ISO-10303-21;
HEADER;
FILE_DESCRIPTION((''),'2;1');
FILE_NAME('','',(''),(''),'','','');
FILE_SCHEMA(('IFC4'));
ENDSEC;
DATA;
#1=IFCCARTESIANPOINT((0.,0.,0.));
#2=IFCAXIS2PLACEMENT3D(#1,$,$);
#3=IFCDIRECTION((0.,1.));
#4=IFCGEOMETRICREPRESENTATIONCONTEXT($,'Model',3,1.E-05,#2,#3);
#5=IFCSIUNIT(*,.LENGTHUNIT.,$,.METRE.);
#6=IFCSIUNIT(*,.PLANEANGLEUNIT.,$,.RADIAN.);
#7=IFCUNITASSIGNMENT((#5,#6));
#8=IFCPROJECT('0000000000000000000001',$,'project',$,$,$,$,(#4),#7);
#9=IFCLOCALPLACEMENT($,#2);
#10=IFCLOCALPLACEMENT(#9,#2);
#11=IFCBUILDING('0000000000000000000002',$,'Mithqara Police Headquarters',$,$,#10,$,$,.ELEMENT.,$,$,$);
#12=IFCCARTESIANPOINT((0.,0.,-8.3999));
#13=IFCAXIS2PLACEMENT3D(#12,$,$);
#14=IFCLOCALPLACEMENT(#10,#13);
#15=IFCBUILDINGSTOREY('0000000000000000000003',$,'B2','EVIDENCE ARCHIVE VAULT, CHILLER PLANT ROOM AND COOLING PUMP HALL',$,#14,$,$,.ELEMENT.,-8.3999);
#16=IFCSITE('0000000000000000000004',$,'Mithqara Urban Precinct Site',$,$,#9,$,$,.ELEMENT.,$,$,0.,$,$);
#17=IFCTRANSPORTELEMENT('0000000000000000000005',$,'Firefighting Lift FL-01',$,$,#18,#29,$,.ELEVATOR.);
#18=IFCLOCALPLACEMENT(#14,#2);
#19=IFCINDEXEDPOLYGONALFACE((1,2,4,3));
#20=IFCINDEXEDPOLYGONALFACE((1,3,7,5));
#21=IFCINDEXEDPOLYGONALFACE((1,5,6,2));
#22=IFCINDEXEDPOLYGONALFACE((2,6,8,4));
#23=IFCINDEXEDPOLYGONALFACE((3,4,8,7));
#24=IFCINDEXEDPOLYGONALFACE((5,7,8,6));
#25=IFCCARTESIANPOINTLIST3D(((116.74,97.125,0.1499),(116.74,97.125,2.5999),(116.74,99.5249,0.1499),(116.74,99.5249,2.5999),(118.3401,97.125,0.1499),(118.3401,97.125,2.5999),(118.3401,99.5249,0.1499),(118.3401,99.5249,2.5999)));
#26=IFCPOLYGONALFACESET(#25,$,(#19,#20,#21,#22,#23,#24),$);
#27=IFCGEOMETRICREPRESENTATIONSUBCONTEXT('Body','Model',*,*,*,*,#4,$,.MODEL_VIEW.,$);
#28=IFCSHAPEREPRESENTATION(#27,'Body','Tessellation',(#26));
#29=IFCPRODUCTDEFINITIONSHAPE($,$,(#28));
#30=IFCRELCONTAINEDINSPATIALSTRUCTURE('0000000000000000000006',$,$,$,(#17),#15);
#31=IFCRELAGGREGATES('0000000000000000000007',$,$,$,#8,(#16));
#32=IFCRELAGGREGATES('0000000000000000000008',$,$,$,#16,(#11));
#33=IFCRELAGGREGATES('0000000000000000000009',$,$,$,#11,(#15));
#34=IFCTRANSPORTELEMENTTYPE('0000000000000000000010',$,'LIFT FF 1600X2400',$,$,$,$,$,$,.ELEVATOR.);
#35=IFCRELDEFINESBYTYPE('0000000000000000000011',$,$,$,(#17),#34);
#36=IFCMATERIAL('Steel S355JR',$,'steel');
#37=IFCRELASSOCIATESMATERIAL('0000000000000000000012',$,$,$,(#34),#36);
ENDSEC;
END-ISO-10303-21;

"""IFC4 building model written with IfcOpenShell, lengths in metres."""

from ifc_helpers import new_model, si_unit, direction, frame, origin, origin_2d, place, context, subcontext, project, spatial, rectangle, extrude, material, type_object, element, save


model = new_model("IFC4")

# Units and contexts
model_context = context("Model", 3, precision=1e-05, world=origin(), true_north=direction((0.0, 1.0)))
body_context = subcontext(model_context, "Body", "Model", "MODEL_VIEW")
ifc_project = project(units=[si_unit("LENGTHUNIT", "METRE"), si_unit("PLANEANGLEUNIT", "RADIAN")], contexts=[model_context])

# Site, building, storey
site_placement = place(None, origin())
site = spatial("IfcSite", under=ifc_project, at=site_placement, Name="Mithqara Urban Precinct Site", CompositionType="ELEMENT", RefElevation=0.0)
building_placement = place(site_placement, origin())
building = spatial("IfcBuilding", under=site, at=building_placement, Name="Mithqara Police Headquarters", CompositionType="ELEMENT")
storey_placement = place(building_placement, frame((0.0, 0.0, -8.3999)))
storey = spatial("IfcBuildingStorey", under=building, at=storey_placement, Name="B2", Description="EVIDENCE ARCHIVE VAULT, CHILLER PLANT ROOM AND COOLING PUMP HALL", CompositionType="ELEMENT", Elevation=-8.3999)

# Shared definitions
ifc_material_1 = material(Name="Steel S355JR", Category="steel")

# Transport element
transport_element_type = type_object("IfcTransportElementType", Name="LIFT FF 1600X2400", PredefinedType="ELEVATOR", material=ifc_material_1)
transport_element_placement = place(storey_placement, frame((117.54, 98.325, 0.1499), z_axis=(0.0, 0.0, 1.0), x_axis=(1.0, 0.0, 0.0)))
element("IfcTransportElement", 1, at=transport_element_placement, inside=storey, type_object=transport_element_type, Name="Firefighting Lift FL-01", PredefinedType="ELEVATOR", context=body_context, shape_type="SweptSolid", body=[
    extrude(rectangle(XDim=1.6001, YDim=2.3999, at=origin_2d()), origin(), (0.0, 0.0, 1.0), 2.45),
])

save(model, "model.ifc")
